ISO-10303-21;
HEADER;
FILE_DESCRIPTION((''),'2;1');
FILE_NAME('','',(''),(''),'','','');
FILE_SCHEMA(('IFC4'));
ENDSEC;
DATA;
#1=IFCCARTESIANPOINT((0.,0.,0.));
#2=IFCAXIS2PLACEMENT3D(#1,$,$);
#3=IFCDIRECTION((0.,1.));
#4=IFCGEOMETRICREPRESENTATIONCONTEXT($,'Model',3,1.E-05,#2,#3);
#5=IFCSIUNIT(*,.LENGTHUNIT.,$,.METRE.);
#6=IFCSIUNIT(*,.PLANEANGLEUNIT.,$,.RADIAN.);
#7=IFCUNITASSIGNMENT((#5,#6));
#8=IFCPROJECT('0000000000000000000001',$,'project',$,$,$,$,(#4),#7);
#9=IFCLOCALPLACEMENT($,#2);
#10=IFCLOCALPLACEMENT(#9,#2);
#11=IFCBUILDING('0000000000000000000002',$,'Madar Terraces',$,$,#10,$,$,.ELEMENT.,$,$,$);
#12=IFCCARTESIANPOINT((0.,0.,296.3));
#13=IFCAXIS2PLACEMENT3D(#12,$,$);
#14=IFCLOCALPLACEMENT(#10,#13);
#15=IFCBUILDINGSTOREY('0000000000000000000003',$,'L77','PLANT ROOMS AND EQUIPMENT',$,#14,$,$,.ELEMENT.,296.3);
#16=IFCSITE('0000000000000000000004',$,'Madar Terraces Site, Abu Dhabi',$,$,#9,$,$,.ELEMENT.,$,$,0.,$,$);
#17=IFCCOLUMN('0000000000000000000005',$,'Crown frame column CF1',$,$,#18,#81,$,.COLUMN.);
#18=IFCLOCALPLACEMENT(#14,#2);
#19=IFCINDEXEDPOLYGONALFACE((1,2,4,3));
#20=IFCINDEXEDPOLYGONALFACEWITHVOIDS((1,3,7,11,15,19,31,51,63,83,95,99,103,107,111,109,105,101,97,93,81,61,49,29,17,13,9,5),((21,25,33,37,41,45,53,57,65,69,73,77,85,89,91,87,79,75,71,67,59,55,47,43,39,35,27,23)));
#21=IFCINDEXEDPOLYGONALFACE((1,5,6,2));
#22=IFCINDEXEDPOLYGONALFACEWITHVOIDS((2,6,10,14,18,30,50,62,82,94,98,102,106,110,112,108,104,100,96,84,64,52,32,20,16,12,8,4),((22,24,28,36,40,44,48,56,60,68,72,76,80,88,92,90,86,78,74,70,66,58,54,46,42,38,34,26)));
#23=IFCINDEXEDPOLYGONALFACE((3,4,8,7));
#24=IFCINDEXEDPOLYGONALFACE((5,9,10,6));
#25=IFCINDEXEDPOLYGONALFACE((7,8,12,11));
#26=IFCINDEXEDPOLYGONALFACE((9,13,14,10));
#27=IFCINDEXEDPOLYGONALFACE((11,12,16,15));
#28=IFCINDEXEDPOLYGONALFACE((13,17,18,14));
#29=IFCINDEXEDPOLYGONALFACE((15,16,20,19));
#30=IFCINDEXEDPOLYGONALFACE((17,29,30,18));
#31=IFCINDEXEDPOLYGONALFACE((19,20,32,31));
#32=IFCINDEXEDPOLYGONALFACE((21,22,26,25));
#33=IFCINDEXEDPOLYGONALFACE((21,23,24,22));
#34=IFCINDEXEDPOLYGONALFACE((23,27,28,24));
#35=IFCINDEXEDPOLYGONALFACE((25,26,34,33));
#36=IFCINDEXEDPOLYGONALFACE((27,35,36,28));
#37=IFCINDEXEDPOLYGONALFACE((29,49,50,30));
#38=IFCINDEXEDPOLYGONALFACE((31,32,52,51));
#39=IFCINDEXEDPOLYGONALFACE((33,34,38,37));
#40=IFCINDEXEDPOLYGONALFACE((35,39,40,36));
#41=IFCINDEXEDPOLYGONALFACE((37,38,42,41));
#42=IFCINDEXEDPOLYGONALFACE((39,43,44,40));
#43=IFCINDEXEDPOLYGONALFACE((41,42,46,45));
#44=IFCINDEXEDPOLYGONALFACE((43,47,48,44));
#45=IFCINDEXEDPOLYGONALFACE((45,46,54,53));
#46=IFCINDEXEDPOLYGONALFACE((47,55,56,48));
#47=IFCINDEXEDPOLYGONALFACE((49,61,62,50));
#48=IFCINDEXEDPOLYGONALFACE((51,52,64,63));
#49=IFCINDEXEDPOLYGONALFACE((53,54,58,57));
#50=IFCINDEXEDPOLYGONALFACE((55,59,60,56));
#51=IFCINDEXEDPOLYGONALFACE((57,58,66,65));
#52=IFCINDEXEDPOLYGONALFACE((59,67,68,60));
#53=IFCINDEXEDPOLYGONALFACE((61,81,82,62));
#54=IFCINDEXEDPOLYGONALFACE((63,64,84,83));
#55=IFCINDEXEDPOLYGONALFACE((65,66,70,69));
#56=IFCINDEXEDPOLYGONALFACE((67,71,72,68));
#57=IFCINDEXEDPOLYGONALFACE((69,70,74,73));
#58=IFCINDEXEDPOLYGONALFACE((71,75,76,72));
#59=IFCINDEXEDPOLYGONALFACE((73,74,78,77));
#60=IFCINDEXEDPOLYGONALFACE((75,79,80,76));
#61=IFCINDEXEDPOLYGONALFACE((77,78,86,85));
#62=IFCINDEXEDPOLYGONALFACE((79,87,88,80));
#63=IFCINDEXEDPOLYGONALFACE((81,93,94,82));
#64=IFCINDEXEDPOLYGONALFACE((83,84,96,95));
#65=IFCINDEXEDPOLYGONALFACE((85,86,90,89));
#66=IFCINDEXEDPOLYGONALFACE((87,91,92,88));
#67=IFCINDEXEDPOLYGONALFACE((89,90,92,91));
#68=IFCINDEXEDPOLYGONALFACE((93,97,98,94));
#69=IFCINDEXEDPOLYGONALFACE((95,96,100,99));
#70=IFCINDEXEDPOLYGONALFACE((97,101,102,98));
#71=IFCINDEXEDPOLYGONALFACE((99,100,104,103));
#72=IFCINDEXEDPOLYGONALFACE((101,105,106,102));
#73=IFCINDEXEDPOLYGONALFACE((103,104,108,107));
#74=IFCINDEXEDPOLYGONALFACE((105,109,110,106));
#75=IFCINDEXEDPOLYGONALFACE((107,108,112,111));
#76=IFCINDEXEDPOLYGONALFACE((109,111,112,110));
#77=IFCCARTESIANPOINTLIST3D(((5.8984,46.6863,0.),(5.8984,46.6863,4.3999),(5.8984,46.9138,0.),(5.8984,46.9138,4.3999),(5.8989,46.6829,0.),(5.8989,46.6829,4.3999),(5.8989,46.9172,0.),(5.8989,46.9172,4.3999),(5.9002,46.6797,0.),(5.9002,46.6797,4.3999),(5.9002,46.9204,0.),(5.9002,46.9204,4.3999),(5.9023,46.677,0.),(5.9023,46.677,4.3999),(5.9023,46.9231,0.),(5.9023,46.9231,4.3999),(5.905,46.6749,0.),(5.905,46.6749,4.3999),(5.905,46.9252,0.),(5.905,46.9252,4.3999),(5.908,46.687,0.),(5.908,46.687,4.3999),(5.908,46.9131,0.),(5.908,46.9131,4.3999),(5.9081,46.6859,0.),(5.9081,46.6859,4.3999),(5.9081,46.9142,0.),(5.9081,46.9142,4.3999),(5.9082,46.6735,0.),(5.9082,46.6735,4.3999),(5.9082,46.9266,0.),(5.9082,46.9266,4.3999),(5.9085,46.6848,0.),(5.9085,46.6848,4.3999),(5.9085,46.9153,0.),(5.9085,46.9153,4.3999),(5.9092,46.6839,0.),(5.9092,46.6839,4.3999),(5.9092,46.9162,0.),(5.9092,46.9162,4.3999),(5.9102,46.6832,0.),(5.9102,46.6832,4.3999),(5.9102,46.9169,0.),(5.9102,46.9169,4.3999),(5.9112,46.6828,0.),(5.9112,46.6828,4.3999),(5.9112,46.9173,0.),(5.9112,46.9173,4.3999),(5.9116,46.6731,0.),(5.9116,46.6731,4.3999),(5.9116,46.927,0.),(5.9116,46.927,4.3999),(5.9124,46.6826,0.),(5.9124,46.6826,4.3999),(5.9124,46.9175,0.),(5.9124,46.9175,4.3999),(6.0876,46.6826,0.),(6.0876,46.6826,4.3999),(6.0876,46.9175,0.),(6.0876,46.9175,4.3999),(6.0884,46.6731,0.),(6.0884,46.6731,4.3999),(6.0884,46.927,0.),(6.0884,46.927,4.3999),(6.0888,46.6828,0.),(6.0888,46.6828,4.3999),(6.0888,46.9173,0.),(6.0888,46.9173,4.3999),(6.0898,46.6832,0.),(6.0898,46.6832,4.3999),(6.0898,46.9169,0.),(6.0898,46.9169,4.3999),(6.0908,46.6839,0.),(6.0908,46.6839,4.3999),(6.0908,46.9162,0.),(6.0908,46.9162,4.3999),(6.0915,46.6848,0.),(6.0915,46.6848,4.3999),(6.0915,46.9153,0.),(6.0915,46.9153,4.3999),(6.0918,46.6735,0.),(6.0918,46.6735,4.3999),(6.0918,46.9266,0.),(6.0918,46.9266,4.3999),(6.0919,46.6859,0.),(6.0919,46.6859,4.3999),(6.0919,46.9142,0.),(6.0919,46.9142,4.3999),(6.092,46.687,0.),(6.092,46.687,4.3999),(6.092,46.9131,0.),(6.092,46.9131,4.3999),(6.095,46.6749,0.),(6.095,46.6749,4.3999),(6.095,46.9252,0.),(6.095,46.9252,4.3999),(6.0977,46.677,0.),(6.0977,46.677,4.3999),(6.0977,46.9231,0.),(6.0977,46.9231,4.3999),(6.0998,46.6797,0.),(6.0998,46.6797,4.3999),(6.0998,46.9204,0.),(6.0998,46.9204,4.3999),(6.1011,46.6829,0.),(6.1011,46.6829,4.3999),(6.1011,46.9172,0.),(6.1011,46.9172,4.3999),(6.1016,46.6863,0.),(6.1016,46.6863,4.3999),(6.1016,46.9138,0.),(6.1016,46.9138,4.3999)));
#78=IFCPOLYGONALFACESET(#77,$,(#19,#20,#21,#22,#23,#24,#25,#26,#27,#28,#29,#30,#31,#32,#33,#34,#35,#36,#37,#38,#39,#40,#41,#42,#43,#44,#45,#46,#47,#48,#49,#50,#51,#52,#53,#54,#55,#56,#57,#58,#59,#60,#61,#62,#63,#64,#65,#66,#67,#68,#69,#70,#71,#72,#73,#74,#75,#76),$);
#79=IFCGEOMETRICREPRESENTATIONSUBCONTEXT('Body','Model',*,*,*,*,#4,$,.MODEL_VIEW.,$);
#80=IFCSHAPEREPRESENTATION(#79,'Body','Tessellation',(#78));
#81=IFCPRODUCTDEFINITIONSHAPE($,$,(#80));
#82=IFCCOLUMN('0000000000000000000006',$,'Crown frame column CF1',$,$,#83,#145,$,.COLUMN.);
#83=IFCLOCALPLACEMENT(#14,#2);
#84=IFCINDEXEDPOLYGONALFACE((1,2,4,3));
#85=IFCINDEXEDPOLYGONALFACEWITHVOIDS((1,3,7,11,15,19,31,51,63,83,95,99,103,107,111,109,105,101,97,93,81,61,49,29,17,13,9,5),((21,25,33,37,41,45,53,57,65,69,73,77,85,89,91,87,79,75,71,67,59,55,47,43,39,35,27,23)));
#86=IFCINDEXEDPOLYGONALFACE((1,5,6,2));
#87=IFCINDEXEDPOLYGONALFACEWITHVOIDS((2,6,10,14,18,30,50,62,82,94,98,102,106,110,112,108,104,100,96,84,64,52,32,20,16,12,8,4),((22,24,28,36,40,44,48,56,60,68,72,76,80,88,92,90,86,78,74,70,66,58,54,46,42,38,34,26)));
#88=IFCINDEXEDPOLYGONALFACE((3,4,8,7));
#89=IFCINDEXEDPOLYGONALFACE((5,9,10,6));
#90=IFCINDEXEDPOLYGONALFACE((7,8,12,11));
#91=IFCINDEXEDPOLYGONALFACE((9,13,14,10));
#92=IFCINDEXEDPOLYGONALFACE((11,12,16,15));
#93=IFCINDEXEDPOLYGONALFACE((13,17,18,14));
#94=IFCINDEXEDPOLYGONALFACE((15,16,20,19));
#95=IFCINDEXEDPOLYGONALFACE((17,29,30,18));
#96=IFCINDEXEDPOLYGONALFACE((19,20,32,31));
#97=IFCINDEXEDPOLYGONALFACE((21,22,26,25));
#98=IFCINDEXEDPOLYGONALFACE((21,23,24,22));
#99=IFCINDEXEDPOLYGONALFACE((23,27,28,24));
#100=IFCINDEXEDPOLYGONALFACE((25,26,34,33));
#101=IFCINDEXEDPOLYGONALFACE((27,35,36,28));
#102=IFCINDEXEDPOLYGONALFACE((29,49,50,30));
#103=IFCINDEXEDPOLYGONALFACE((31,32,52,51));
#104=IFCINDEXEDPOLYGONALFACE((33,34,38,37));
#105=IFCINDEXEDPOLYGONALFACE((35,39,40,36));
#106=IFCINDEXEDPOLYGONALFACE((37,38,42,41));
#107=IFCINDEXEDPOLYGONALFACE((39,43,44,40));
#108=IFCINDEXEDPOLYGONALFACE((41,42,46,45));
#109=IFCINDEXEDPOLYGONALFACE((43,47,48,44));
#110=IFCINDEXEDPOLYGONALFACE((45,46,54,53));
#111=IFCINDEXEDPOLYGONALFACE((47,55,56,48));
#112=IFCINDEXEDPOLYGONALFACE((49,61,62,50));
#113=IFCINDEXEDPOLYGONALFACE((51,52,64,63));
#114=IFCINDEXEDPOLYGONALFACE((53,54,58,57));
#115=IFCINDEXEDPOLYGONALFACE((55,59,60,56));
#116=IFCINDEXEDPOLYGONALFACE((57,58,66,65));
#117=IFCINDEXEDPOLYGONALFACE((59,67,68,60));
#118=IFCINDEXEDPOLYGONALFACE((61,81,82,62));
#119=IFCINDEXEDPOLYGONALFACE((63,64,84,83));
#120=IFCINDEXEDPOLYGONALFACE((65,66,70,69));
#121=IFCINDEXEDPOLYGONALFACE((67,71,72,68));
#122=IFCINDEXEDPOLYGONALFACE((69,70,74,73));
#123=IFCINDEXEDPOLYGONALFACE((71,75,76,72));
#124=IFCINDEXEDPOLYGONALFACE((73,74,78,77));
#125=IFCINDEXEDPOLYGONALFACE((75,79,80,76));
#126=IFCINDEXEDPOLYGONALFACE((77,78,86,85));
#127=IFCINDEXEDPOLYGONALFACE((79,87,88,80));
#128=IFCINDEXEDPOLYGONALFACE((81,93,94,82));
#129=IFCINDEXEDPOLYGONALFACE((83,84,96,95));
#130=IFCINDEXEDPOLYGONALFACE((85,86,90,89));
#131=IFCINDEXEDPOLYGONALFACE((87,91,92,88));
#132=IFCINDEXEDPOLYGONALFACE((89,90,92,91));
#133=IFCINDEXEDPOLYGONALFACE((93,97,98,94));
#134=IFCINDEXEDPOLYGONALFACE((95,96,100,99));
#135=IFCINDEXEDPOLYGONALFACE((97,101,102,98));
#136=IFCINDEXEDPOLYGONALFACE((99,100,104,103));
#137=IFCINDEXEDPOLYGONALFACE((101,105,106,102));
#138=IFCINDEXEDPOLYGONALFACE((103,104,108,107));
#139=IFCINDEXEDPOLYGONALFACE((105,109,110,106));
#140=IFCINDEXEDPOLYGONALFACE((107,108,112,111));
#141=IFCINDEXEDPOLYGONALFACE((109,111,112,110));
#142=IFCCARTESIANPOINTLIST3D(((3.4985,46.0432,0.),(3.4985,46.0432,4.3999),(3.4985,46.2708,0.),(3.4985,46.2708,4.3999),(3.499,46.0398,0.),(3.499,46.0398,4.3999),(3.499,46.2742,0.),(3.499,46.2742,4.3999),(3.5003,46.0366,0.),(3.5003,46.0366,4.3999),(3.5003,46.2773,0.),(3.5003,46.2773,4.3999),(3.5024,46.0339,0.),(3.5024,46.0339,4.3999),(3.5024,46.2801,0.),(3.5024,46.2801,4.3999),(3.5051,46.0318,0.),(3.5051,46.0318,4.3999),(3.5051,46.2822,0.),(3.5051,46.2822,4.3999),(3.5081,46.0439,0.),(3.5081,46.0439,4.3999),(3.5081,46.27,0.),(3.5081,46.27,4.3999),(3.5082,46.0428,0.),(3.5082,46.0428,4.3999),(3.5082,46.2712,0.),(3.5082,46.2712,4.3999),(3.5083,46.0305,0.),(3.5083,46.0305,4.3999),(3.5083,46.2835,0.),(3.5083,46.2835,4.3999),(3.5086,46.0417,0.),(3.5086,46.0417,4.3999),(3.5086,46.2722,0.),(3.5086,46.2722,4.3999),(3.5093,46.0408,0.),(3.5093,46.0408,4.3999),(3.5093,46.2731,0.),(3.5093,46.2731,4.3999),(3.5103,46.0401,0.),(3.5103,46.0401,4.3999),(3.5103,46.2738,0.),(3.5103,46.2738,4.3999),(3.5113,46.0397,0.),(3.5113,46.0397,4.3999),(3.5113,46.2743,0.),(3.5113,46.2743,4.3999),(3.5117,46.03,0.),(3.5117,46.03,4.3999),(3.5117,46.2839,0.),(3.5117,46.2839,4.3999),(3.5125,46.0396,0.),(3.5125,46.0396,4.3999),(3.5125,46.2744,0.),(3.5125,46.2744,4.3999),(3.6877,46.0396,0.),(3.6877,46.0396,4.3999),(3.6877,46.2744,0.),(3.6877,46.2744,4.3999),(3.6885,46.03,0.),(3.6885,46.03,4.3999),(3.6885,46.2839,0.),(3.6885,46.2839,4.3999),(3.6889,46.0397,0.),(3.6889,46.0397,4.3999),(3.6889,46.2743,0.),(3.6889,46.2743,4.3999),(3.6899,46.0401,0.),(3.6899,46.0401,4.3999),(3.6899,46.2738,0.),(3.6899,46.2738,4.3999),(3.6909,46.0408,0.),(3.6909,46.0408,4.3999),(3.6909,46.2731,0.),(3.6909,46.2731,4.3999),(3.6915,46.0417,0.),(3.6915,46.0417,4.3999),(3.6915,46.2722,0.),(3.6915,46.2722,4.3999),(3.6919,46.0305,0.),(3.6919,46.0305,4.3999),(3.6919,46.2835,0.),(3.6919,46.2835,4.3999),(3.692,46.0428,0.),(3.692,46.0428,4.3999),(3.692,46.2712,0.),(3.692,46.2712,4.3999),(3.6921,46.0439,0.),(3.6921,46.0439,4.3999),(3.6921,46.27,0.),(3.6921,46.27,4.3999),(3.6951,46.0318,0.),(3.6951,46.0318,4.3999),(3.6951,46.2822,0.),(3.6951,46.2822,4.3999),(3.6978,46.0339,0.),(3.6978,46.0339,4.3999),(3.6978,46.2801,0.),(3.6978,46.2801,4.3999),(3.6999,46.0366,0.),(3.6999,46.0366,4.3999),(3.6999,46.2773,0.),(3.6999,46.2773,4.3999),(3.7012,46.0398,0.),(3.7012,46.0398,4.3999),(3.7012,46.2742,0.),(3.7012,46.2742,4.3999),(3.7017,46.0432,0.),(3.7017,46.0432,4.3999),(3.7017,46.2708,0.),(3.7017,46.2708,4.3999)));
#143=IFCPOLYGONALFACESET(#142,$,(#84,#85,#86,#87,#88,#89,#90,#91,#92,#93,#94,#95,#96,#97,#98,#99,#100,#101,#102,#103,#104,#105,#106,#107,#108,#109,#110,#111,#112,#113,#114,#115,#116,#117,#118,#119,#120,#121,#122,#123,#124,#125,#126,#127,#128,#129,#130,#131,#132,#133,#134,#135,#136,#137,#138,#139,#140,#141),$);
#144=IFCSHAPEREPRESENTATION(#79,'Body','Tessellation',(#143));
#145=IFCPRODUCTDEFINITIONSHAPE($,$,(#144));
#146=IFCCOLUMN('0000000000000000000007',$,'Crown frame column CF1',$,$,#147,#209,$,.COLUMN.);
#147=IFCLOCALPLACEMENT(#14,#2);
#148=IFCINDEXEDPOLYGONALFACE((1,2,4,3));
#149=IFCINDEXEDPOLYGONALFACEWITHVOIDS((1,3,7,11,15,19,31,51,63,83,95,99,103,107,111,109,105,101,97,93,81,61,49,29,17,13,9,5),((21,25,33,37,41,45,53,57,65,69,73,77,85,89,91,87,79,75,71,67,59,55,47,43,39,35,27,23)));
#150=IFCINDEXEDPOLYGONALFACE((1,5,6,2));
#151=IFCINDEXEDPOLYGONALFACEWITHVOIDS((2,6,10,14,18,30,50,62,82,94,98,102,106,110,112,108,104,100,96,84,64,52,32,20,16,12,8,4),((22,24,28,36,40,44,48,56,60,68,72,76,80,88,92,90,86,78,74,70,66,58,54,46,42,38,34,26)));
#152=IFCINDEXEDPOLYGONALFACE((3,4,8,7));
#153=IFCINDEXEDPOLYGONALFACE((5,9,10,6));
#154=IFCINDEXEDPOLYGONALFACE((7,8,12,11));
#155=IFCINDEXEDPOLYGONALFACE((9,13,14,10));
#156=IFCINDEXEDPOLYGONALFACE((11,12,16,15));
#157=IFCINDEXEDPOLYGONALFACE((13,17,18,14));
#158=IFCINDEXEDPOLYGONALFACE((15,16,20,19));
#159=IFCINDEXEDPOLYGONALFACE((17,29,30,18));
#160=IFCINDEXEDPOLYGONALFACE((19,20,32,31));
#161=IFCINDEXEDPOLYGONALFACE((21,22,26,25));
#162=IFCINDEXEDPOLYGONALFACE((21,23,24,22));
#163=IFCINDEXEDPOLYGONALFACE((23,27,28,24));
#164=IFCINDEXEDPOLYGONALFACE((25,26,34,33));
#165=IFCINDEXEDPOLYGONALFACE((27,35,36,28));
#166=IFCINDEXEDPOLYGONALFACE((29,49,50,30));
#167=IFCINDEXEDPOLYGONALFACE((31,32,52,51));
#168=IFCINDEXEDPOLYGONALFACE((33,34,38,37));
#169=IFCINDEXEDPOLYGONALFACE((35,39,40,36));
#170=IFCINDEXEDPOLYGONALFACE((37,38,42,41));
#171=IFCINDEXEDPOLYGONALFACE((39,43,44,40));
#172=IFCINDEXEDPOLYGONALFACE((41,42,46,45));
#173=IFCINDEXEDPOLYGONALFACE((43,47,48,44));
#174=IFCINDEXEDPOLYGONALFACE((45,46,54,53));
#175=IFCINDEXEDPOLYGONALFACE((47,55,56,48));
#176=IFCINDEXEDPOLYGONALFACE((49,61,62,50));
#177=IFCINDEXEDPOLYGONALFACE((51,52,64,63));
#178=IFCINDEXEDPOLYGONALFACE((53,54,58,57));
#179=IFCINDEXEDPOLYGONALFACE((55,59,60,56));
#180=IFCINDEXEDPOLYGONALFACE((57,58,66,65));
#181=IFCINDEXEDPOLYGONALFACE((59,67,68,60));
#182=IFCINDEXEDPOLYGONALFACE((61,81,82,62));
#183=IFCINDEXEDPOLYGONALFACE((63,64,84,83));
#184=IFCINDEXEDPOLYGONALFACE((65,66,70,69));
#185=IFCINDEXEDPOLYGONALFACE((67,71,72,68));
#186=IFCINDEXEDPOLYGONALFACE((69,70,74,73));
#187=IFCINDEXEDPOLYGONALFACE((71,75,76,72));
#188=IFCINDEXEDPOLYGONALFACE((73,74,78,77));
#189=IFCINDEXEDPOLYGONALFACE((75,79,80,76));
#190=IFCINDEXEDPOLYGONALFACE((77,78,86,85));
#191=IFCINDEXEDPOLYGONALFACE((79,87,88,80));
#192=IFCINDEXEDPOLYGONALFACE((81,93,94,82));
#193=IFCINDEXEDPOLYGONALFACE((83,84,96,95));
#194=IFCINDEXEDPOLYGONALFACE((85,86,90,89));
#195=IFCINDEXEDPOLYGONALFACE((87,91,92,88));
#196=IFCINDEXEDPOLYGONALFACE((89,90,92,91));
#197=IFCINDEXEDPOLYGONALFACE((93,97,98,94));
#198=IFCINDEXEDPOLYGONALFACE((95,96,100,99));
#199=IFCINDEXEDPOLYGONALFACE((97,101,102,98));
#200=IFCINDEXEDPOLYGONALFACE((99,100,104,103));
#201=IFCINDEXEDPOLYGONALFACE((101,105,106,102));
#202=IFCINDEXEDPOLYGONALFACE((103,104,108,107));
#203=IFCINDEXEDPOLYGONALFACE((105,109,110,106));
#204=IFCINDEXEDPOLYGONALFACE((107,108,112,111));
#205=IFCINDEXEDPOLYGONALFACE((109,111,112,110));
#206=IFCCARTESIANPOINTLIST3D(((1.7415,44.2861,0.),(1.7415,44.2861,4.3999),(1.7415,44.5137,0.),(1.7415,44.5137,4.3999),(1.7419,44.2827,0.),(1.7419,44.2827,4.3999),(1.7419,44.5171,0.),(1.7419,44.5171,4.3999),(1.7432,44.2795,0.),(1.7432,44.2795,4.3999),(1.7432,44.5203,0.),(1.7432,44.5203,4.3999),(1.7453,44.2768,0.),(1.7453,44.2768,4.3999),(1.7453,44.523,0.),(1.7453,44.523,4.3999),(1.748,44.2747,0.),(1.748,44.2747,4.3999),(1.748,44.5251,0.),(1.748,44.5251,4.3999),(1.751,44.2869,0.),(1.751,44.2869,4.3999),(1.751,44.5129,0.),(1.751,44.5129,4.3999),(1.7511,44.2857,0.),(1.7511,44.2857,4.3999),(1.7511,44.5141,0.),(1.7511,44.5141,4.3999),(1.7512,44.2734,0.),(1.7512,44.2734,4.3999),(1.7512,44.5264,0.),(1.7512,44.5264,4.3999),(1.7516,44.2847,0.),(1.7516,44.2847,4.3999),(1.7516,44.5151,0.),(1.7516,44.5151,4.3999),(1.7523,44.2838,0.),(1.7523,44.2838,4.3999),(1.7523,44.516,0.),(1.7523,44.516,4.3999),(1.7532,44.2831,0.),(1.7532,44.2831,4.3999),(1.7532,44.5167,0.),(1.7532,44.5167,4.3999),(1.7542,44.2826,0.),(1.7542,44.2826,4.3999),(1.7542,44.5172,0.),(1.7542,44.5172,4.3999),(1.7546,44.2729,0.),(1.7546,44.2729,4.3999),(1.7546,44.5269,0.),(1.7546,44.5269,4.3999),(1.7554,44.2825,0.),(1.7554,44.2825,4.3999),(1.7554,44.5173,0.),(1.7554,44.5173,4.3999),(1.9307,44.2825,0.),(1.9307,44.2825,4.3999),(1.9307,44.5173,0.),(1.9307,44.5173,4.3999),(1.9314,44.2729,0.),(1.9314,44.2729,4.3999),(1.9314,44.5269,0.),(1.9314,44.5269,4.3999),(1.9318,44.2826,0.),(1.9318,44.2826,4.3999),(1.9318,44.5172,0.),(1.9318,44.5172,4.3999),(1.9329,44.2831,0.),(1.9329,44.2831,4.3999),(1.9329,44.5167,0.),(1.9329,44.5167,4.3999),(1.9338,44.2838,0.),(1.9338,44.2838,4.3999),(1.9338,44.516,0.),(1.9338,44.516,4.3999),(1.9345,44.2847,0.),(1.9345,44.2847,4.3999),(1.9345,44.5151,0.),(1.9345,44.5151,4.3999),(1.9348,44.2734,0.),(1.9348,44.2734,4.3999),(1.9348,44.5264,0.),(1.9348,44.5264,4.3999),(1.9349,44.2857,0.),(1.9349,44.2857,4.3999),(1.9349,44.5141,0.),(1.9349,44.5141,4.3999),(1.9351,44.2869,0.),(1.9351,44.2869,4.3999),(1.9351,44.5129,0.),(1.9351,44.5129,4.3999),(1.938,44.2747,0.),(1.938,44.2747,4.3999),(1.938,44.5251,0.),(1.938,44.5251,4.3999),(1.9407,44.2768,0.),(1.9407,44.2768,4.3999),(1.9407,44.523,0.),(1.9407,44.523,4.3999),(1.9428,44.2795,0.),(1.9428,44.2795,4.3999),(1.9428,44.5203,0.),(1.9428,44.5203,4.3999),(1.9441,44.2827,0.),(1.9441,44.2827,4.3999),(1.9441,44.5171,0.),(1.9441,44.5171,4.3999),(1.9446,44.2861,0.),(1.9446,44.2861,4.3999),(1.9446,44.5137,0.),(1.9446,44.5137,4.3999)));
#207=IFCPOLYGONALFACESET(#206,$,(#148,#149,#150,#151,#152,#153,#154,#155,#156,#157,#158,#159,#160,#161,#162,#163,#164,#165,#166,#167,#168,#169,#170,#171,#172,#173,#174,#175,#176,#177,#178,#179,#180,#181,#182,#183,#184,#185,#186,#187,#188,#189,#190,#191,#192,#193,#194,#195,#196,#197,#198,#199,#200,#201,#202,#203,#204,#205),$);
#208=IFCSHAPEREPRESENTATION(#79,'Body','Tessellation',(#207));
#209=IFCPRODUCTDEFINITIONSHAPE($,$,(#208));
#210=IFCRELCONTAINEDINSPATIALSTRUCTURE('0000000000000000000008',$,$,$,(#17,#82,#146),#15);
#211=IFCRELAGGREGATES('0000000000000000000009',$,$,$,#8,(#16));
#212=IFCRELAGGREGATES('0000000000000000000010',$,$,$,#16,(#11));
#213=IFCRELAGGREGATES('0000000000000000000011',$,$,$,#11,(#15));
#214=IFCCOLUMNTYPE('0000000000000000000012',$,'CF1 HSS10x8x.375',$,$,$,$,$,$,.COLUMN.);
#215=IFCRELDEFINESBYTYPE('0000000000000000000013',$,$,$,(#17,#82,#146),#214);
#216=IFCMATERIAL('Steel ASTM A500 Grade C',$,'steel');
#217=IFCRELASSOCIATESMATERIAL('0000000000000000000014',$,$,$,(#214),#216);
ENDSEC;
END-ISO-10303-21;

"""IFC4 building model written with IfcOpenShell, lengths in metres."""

from ifc_helpers import new_model, si_unit, direction, frame, origin, origin_2d, place, context, subcontext, project, spatial, hollow_rectangle, extrude, material, material_profile, profile_set, type_object, element, save


model = new_model("IFC4")

# Units and contexts
model_context = context("Model", 3, precision=1e-05, world=origin(), true_north=direction((0.0, 1.0)))
body_context = subcontext(model_context, "Body", "Model", "MODEL_VIEW")
ifc_project = project(units=[si_unit("LENGTHUNIT", "METRE"), si_unit("PLANEANGLEUNIT", "RADIAN")], contexts=[model_context])

# Site, building, storey
site_placement = place(None, origin())
site = spatial("IfcSite", under=ifc_project, at=site_placement, Name="Madar Terraces Site, Abu Dhabi", CompositionType="ELEMENT", RefElevation=0.0)
building_placement = place(site_placement, origin())
building = spatial("IfcBuilding", under=site, at=building_placement, Name="Madar Terraces", CompositionType="ELEMENT")
storey_placement = place(building_placement, frame((0.0, 0.0, 296.3)))
storey = spatial("IfcBuildingStorey", under=building, at=storey_placement, Name="L77", Description="PLANT ROOMS AND EQUIPMENT", CompositionType="ELEMENT", Elevation=296.3)

# Columns
ifc_material_1 = material(Name="Steel ASTM A500 Grade C", Category="steel")
ifc_material_profile_1 = material_profile(ifc_material_1, hollow_rectangle(XDim=0.2031, YDim=0.2539, WallThickness=0.0095, InnerFilletRadius=0.0044, OuterFilletRadius=0.0132, at=origin_2d()), Name="HSS10x8x.375")
ifc_profile_set_1 = profile_set([ifc_material_profile_1], Name="Steel ASTM A500 Grade C")
column_type = type_object("IfcColumnType", Name="CF1 HSS10x8x.375", PredefinedType="COLUMN", material=ifc_profile_set_1)
for number, where, z_axis, x_axis, name in (
    (1, (6.0, 46.8, 0.0), (0.0, 0.0, 1.0), (1.0, 0.0, 0.0), "Crown frame column CF1"),
    (2, (3.6001, 46.157, 0.0), (0.0, 0.0, 1.0), (1.0, 0.0, 0.0), "Crown frame column CF1"),
    (3, (1.843, 44.3999, 0.0), (0.0, 0.0, 1.0), (1.0, 0.0, 0.0), "Crown frame column CF1"),
):
    element("IfcColumn", number, at=place(storey_placement, frame(where, z_axis=z_axis, x_axis=x_axis)), inside=storey, type_object=column_type, Name=name, PredefinedType="COLUMN", context=body_context, shape_type="SweptSolid", body=[
        extrude(hollow_rectangle(XDim=0.2031, YDim=0.2539, WallThickness=0.0095, InnerFilletRadius=0.0044, OuterFilletRadius=0.0132, at=origin_2d()), origin(), (0.0, 0.0, 1.0), 4.3999),
    ])

save(model, "model.ifc")
